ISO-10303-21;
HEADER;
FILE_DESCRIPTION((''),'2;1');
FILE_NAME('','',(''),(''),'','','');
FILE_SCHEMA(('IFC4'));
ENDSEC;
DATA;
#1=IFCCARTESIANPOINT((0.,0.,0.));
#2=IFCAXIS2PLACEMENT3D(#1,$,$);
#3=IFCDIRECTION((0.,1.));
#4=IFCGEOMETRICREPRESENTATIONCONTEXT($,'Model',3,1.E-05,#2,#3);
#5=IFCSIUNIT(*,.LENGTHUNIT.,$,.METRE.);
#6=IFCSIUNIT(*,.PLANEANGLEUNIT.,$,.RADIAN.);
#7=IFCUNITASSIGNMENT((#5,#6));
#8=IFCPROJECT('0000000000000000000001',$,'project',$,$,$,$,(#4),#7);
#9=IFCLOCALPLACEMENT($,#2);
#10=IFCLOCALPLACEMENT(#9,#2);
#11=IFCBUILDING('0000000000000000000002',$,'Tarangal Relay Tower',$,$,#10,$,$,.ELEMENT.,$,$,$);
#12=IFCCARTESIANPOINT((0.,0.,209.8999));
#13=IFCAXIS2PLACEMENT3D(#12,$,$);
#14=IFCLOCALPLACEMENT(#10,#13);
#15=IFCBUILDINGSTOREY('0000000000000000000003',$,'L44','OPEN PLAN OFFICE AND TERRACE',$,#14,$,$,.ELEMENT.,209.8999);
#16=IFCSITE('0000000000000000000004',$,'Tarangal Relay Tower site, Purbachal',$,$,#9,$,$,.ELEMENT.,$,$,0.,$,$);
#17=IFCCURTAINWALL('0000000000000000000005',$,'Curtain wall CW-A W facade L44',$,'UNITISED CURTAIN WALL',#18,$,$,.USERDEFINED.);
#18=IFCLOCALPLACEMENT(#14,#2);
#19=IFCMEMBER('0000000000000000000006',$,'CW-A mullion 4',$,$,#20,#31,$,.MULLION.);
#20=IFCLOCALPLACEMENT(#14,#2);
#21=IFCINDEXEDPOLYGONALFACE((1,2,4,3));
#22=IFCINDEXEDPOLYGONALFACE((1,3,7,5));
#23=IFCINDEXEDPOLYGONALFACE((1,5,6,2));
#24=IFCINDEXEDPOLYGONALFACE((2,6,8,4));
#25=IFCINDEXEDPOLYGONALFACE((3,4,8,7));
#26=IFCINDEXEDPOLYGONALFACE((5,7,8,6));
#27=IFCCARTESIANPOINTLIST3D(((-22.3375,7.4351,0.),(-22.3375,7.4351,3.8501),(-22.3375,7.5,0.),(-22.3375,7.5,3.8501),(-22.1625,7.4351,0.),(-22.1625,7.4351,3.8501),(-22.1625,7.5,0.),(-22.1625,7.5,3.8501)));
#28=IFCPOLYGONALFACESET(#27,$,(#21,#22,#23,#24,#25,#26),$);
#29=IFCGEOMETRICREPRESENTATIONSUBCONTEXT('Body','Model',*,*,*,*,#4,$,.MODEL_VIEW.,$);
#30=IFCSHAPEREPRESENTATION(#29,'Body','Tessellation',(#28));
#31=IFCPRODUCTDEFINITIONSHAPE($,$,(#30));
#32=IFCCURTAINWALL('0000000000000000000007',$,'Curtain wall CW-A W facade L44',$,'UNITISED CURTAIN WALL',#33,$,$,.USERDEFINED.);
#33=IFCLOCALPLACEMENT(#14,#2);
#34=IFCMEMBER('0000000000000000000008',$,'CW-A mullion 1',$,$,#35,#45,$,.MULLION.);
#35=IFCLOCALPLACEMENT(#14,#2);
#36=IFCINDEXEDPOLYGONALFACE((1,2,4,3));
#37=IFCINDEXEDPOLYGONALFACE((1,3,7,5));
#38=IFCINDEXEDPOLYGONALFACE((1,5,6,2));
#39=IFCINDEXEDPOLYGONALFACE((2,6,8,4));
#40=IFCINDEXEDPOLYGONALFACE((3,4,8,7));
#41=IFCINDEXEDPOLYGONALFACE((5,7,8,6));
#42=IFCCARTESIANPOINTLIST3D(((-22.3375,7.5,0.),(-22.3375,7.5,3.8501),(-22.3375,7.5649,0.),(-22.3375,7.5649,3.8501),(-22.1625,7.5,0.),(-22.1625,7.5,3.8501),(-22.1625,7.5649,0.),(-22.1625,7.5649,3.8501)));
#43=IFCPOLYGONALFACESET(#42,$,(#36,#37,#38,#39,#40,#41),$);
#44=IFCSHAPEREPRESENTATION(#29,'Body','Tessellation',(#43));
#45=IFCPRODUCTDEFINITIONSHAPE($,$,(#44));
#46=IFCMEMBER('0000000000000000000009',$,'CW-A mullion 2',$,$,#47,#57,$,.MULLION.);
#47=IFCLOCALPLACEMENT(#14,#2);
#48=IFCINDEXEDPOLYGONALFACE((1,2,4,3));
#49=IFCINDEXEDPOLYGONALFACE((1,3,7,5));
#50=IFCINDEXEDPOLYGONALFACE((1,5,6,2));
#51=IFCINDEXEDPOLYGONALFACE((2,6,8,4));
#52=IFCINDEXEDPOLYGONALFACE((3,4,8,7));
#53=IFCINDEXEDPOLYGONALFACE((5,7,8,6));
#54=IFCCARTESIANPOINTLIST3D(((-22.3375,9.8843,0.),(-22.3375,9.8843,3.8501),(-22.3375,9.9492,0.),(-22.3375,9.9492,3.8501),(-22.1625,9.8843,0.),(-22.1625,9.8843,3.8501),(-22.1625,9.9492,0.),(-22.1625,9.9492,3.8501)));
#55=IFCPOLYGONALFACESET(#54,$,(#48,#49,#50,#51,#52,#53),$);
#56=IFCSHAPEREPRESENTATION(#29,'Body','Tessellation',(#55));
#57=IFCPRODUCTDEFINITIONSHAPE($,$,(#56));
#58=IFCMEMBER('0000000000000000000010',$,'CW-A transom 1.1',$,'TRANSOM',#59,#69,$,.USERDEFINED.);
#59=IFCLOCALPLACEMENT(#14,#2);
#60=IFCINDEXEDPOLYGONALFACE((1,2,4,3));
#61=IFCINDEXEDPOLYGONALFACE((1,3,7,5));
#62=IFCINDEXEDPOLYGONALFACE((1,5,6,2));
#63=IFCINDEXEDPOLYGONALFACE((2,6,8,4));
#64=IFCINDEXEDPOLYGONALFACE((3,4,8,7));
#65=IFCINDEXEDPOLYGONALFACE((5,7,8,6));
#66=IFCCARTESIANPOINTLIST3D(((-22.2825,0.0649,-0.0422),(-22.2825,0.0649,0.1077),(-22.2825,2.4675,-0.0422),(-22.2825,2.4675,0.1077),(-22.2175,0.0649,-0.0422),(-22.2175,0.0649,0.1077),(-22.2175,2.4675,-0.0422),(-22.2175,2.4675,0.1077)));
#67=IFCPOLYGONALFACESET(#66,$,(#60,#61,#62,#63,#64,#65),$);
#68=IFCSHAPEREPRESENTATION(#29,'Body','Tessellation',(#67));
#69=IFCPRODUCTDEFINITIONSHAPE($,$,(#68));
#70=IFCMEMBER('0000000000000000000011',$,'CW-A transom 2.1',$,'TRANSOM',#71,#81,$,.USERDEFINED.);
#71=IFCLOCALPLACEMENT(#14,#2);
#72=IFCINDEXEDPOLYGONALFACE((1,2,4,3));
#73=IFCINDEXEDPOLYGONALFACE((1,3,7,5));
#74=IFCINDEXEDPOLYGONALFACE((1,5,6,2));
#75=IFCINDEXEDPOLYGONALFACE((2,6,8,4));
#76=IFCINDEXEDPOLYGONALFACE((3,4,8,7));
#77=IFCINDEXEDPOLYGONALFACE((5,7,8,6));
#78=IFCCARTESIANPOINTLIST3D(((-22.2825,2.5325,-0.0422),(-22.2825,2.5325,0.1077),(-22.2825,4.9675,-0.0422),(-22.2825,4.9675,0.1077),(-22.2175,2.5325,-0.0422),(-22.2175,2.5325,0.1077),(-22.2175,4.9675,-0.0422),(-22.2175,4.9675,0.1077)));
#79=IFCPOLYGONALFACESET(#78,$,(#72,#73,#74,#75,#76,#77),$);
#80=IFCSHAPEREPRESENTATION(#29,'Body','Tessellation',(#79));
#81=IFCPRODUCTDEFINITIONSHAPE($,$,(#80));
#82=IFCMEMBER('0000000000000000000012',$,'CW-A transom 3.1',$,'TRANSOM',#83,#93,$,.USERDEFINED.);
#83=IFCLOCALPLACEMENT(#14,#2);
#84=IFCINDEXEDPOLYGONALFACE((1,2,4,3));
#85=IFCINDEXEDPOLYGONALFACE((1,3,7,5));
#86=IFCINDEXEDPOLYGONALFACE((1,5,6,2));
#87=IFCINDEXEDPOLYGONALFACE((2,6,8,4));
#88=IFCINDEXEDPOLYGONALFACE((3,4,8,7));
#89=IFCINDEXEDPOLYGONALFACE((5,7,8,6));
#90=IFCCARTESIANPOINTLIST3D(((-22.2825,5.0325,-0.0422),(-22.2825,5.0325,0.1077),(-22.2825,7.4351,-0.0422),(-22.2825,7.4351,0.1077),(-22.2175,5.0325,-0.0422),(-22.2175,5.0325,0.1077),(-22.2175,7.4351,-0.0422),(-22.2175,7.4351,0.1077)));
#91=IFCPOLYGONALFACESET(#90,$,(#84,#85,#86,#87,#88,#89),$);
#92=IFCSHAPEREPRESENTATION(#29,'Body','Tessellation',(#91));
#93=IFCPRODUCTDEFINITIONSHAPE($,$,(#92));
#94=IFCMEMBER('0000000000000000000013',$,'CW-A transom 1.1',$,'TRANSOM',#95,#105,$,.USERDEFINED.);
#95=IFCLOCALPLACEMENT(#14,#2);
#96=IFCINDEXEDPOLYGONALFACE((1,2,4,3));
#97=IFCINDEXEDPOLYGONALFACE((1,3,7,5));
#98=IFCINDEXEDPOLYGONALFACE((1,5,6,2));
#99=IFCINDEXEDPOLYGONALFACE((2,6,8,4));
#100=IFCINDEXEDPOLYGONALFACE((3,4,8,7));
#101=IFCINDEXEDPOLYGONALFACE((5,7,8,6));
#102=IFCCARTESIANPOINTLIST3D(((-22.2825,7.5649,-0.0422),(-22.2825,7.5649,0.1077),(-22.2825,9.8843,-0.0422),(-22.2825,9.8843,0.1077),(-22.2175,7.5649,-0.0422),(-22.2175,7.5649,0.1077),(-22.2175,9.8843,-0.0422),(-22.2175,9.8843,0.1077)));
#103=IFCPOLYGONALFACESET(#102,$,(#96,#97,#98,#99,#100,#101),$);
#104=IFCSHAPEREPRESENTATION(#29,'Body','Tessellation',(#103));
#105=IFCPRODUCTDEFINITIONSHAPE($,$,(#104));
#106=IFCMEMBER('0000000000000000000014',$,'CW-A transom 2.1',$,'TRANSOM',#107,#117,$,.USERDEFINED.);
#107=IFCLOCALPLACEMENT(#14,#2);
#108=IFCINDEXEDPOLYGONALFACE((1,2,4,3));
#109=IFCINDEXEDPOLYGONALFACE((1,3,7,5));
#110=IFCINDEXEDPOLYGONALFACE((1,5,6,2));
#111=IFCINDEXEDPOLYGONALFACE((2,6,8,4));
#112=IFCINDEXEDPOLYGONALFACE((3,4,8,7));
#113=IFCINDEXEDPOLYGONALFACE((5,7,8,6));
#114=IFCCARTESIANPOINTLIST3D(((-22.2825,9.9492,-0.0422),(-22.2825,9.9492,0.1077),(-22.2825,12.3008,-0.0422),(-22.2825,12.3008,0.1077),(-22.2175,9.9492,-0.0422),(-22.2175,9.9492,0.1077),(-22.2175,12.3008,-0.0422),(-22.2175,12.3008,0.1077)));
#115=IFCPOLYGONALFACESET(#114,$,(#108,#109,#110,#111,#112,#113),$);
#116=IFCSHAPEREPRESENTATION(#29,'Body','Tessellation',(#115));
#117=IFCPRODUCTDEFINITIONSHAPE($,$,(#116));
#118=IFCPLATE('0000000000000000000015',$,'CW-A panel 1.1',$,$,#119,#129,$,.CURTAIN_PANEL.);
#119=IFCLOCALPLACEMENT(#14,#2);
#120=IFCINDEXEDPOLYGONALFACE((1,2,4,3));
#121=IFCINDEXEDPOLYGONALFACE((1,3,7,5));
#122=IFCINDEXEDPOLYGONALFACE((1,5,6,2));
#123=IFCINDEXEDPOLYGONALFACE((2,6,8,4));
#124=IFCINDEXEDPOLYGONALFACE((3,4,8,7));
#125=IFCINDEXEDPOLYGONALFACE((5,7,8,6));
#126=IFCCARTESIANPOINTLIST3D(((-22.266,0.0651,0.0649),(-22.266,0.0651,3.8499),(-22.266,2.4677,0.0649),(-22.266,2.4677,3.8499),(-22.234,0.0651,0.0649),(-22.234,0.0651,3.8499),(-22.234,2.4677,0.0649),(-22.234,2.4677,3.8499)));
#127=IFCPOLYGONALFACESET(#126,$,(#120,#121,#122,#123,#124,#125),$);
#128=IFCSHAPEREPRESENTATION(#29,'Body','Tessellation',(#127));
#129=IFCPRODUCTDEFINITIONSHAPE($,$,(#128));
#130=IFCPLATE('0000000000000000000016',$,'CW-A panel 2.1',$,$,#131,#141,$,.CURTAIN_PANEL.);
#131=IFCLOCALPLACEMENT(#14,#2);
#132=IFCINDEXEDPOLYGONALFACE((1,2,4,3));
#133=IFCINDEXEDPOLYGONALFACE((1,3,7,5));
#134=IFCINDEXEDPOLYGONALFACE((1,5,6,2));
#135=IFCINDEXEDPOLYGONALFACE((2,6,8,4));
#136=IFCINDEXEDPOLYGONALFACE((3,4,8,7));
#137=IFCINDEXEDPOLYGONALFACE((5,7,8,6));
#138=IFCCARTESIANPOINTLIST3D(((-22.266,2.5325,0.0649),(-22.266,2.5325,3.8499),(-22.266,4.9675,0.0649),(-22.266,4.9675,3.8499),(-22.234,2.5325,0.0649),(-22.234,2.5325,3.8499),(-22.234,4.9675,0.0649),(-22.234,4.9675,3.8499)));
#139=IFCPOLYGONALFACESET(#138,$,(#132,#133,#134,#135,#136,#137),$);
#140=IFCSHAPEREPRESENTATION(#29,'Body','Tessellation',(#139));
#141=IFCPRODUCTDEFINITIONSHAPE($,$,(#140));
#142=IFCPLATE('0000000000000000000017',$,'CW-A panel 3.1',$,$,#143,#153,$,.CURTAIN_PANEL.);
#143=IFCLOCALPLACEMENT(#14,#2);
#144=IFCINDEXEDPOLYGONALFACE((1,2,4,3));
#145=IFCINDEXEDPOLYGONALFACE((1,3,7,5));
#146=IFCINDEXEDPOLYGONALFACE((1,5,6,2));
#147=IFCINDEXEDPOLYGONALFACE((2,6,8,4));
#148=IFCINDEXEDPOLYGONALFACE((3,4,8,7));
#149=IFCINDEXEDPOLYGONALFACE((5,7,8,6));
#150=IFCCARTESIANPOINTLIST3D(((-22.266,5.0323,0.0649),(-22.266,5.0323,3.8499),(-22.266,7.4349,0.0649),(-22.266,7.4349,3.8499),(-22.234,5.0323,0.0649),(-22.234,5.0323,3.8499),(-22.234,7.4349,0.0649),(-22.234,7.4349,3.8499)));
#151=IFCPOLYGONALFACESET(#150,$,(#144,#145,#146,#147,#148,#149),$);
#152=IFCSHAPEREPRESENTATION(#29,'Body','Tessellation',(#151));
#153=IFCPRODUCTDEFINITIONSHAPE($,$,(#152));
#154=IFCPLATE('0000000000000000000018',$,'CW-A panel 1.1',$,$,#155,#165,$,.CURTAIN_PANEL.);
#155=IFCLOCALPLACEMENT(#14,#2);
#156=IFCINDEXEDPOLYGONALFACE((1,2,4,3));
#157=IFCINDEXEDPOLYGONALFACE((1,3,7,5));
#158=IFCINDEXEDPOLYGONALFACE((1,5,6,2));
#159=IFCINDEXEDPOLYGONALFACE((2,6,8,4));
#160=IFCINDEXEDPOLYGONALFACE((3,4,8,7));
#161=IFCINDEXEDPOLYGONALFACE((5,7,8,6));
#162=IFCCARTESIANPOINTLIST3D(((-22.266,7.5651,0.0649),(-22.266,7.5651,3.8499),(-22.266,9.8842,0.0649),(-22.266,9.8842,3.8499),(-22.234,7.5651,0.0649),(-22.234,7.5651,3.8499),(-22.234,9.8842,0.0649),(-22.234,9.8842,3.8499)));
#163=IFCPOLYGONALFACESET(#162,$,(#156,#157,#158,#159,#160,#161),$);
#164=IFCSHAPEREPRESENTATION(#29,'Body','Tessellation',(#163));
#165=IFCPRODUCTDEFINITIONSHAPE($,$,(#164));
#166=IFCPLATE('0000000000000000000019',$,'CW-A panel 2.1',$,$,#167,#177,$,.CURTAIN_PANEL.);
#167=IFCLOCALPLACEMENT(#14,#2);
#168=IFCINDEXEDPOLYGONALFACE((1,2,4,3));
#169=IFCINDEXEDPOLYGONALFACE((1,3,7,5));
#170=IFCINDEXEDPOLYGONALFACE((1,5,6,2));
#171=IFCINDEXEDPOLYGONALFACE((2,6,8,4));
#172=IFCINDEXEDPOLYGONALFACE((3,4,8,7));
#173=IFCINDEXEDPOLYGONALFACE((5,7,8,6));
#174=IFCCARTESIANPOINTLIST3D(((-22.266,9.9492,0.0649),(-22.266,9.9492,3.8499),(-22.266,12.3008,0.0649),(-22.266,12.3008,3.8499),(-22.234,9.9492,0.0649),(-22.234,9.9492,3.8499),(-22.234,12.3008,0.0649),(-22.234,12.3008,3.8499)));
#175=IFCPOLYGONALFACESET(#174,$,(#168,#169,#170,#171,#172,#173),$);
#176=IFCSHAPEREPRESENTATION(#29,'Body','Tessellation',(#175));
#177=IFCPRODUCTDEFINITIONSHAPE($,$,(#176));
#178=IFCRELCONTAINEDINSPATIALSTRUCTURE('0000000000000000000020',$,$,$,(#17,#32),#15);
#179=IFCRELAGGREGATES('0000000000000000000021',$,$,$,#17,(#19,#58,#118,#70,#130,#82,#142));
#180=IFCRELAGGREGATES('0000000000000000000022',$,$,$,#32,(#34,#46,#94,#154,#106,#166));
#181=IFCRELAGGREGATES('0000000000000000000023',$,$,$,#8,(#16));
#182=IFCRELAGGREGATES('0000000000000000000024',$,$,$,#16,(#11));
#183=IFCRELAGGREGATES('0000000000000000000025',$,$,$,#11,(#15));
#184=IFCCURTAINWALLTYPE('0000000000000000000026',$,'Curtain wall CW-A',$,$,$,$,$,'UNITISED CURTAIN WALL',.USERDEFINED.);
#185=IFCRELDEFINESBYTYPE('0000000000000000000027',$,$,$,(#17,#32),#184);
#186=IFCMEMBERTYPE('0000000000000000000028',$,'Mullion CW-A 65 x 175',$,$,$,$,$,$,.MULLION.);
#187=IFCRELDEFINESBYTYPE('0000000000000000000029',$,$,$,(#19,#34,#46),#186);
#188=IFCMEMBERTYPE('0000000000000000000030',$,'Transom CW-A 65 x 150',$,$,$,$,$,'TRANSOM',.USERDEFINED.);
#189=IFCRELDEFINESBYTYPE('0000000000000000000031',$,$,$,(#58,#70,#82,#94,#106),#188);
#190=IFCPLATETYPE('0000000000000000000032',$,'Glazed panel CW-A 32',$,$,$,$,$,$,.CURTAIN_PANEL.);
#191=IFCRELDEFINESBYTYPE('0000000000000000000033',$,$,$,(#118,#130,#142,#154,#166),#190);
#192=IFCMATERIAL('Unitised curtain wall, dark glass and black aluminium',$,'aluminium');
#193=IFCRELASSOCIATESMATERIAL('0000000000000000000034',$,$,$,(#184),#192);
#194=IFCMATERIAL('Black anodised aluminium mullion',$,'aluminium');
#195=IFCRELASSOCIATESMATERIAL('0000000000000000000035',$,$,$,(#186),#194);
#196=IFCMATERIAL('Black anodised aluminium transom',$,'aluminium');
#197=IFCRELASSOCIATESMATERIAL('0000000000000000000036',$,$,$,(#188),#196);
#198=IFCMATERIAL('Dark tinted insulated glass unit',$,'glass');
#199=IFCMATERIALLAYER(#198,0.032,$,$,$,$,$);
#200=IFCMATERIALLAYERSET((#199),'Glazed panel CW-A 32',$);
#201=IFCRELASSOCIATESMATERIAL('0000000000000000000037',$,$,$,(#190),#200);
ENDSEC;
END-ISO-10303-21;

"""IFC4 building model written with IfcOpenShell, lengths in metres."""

from ifc_helpers import new_model, si_unit, direction, frame, origin, origin_2d, place, context, subcontext, project, spatial, rectangle, extrude, material, layer, layer_set, material_profile, profile_set, type_object, element, aggregate, save


model = new_model("IFC4")

# Units and contexts
model_context = context("Model", 3, precision=1e-05, world=origin(), true_north=direction((0.0, 1.0)))
body_context = subcontext(model_context, "Body", "Model", "MODEL_VIEW")
ifc_project = project(units=[si_unit("LENGTHUNIT", "METRE"), si_unit("PLANEANGLEUNIT", "RADIAN")], contexts=[model_context])

# Site, building, storey
site_placement = place(None, origin())
site = spatial("IfcSite", under=ifc_project, at=site_placement, Name="Tarangal Relay Tower site, Purbachal", CompositionType="ELEMENT", RefElevation=0.0)
building_placement = place(site_placement, origin())
building = spatial("IfcBuilding", under=site, at=building_placement, Name="Tarangal Relay Tower", CompositionType="ELEMENT")
storey_placement = place(building_placement, frame((0.0, 0.0, 209.8999)))
storey = spatial("IfcBuildingStorey", under=building, at=storey_placement, Name="L44", Description="OPEN PLAN OFFICE AND TERRACE", CompositionType="ELEMENT", Elevation=209.8999)

# Curtain walls, members
ifc_material_1 = material(Name="Unitised curtain wall, dark glass and black aluminium", Category="aluminium")
curtain_wall_type = type_object("IfcCurtainWallType", Name="Curtain wall CW-A", ElementType="UNITISED CURTAIN WALL", PredefinedType="USERDEFINED", material=ifc_material_1)
curtain_wall_1_placement = place(storey_placement, origin())
curtain_wall_1 = element("IfcCurtainWall", 1, at=curtain_wall_1_placement, inside=storey, type_object=curtain_wall_type, Name="Curtain wall CW-A W facade L44", ObjectType="UNITISED CURTAIN WALL", PredefinedType="USERDEFINED")
ifc_material_2 = material(Name="Black anodised aluminium mullion", Category="aluminium")
ifc_material_profile_1 = material_profile(ifc_material_2, rectangle(XDim=0.175, YDim=0.0649, at=origin_2d()), Name="CW-AM 65X175")
ifc_profile_set_1 = profile_set([ifc_material_profile_1], Name="Black anodised aluminium mullion")
member_type_1 = type_object("IfcMemberType", Name="Mullion CW-A 65 x 175", PredefinedType="MULLION", material=ifc_profile_set_1)
member_1_placement = place(storey_placement, frame((-22.25, 7.4675, 0.0), z_axis=(0.0, 0.0, 1.0), x_axis=(-1.0, 0.0, 0.0)))
member_1 = element("IfcMember", 2, at=member_1_placement, type_object=member_type_1, Name="CW-A mullion 4", PredefinedType="MULLION", context=body_context, shape_type="SweptSolid", body=[
    extrude(rectangle(XDim=0.175, YDim=0.0649, at=origin_2d()), origin(), (0.0, 0.0, 1.0), 3.8501),
])
curtain_wall_2_placement = place(storey_placement, origin())
curtain_wall_2 = element("IfcCurtainWall", 3, at=curtain_wall_2_placement, inside=storey, type_object=curtain_wall_type, Name="Curtain wall CW-A W facade L44", ObjectType="UNITISED CURTAIN WALL", PredefinedType="USERDEFINED")
member_2_placement = place(storey_placement, frame((-22.25, 7.5325, 0.0), z_axis=(0.0, 0.0, 1.0), x_axis=(-1.0, 0.0, 0.0)))
member_2 = element("IfcMember", 4, at=member_2_placement, type_object=member_type_1, Name="CW-A mullion 1", PredefinedType="MULLION", context=body_context, shape_type="SweptSolid", body=[
    extrude(rectangle(XDim=0.175, YDim=0.0649, at=origin_2d()), origin(), (0.0, 0.0, 1.0), 3.8501),
])
member_3_placement = place(storey_placement, frame((-22.25, 9.9167, 0.0), z_axis=(0.0, 0.0, 1.0), x_axis=(-1.0, 0.0, 0.0)))
member_3 = element("IfcMember", 5, at=member_3_placement, type_object=member_type_1, Name="CW-A mullion 2", PredefinedType="MULLION", context=body_context, shape_type="SweptSolid", body=[
    extrude(rectangle(XDim=0.175, YDim=0.0649, at=origin_2d()), origin(), (0.0, 0.0, 1.0), 3.8501),
])

# Members
ifc_material_3 = material(Name="Black anodised aluminium transom", Category="aluminium")
ifc_material_profile_2 = material_profile(ifc_material_3, rectangle(XDim=0.0649, YDim=0.1499, at=origin_2d()), Name="CW-AT 65X150")
ifc_profile_set_2 = profile_set([ifc_material_profile_2], Name="Black anodised aluminium transom")
member_type_2 = type_object("IfcMemberType", Name="Transom CW-A 65 x 150", ElementType="TRANSOM", PredefinedType="USERDEFINED", material=ifc_profile_set_2)
member_4_placement = place(storey_placement, frame((-22.25, 0.0649, 0.0327), z_axis=(0.0, 1.0, 0.0), x_axis=(-1.0, 0.0, 0.0)))
member_4 = element("IfcMember", 6, at=member_4_placement, type_object=member_type_2, Name="CW-A transom 1.1", ObjectType="TRANSOM", PredefinedType="USERDEFINED", context=body_context, shape_type="SweptSolid", body=[
    extrude(rectangle(XDim=0.0649, YDim=0.1499, at=origin_2d()), origin(), (0.0, 0.0, 1.0), 2.4026),
])
member_5_placement = place(storey_placement, frame((-22.25, 2.5325, 0.0327), z_axis=(0.0, 1.0, 0.0), x_axis=(-1.0, 0.0, 0.0)))
member_5 = element("IfcMember", 7, at=member_5_placement, type_object=member_type_2, Name="CW-A transom 2.1", ObjectType="TRANSOM", PredefinedType="USERDEFINED", context=body_context, shape_type="SweptSolid", body=[
    extrude(rectangle(XDim=0.0649, YDim=0.1499, at=origin_2d()), origin(), (0.0, 0.0, 1.0), 2.4351),
])
member_6_placement = place(storey_placement, frame((-22.25, 5.0325, 0.0327), z_axis=(0.0, 1.0, 0.0), x_axis=(-1.0, 0.0, 0.0)))
member_6 = element("IfcMember", 8, at=member_6_placement, type_object=member_type_2, Name="CW-A transom 3.1", ObjectType="TRANSOM", PredefinedType="USERDEFINED", context=body_context, shape_type="SweptSolid", body=[
    extrude(rectangle(XDim=0.0649, YDim=0.1499, at=origin_2d()), origin(), (0.0, 0.0, 1.0), 2.4026),
])
member_7_placement = place(storey_placement, frame((-22.25, 7.5649, 0.0327), z_axis=(0.0, 1.0, 0.0), x_axis=(-1.0, 0.0, 0.0)))
member_7 = element("IfcMember", 9, at=member_7_placement, type_object=member_type_2, Name="CW-A transom 1.1", ObjectType="TRANSOM", PredefinedType="USERDEFINED", context=body_context, shape_type="SweptSolid", body=[
    extrude(rectangle(XDim=0.0649, YDim=0.1499, at=origin_2d()), origin(), (0.0, 0.0, 1.0), 2.3193),
])
member_8_placement = place(storey_placement, frame((-22.25, 9.9492, 0.0327), z_axis=(0.0, 1.0, 0.0), x_axis=(-1.0, 0.0, 0.0)))
member_8 = element("IfcMember", 10, at=member_8_placement, type_object=member_type_2, Name="CW-A transom 2.1", ObjectType="TRANSOM", PredefinedType="USERDEFINED", context=body_context, shape_type="SweptSolid", body=[
    extrude(rectangle(XDim=0.0649, YDim=0.1499, at=origin_2d()), origin(), (0.0, 0.0, 1.0), 2.3516),
])

# Plates
ifc_material_4 = material(Name="Dark tinted insulated glass unit", Category="glass")
ifc_layer_1 = layer(ifc_material_4, 0.032)
ifc_layer_set_1 = layer_set([ifc_layer_1], Name="Glazed panel CW-A 32")
plate_type = type_object("IfcPlateType", Name="Glazed panel CW-A 32", PredefinedType="CURTAIN_PANEL", material=ifc_layer_set_1)
plate_1_placement = place(storey_placement, frame((-22.25, 1.2664, 0.0649), z_axis=(0.0, 0.0, 1.0), x_axis=(0.0, 1.0, 0.0)))
plate_1 = element("IfcPlate", 11, at=plate_1_placement, type_object=plate_type, Name="CW-A panel 1.1", PredefinedType="CURTAIN_PANEL", context=body_context, shape_type="SweptSolid", body=[
    extrude(rectangle(XDim=2.4026, YDim=0.032, at=origin_2d()), origin(), (0.0, 0.0, 1.0), 3.7849),
])
plate_2_placement = place(storey_placement, frame((-22.25, 3.75, 0.0649), z_axis=(0.0, 0.0, 1.0), x_axis=(0.0, 1.0, 0.0)))
plate_2 = element("IfcPlate", 12, at=plate_2_placement, type_object=plate_type, Name="CW-A panel 2.1", PredefinedType="CURTAIN_PANEL", context=body_context, shape_type="SweptSolid", body=[
    extrude(rectangle(XDim=2.4351, YDim=0.032, at=origin_2d()), origin(), (0.0, 0.0, 1.0), 3.7849),
])
plate_3_placement = place(storey_placement, frame((-22.25, 6.2336, 0.0649), z_axis=(0.0, 0.0, 1.0), x_axis=(0.0, 1.0, 0.0)))
plate_3 = element("IfcPlate", 13, at=plate_3_placement, type_object=plate_type, Name="CW-A panel 3.1", PredefinedType="CURTAIN_PANEL", context=body_context, shape_type="SweptSolid", body=[
    extrude(rectangle(XDim=2.4026, YDim=0.032, at=origin_2d()), origin(), (0.0, 0.0, 1.0), 3.7849),
])
aggregate(curtain_wall_1, [member_1, member_4, plate_1, member_5, plate_2, member_6, plate_3])
plate_4_placement = place(storey_placement, frame((-22.25, 8.7246, 0.0649), z_axis=(0.0, 0.0, 1.0), x_axis=(0.0, 1.0, 0.0)))
plate_4 = element("IfcPlate", 14, at=plate_4_placement, type_object=plate_type, Name="CW-A panel 1.1", PredefinedType="CURTAIN_PANEL", context=body_context, shape_type="SweptSolid", body=[
    extrude(rectangle(XDim=2.3191, YDim=0.032, at=origin_2d()), origin(), (0.0, 0.0, 1.0), 3.7849),
])
plate_5_placement = place(storey_placement, frame((-22.25, 11.125, 0.0649), z_axis=(0.0, 0.0, 1.0), x_axis=(0.0, 1.0, 0.0)))
plate_5 = element("IfcPlate", 15, at=plate_5_placement, type_object=plate_type, Name="CW-A panel 2.1", PredefinedType="CURTAIN_PANEL", context=body_context, shape_type="SweptSolid", body=[
    extrude(rectangle(XDim=2.3516, YDim=0.032, at=origin_2d()), origin(), (0.0, 0.0, 1.0), 3.7849),
])
aggregate(curtain_wall_2, [member_2, member_3, member_7, plate_4, member_8, plate_5])

save(model, "model.ifc")
